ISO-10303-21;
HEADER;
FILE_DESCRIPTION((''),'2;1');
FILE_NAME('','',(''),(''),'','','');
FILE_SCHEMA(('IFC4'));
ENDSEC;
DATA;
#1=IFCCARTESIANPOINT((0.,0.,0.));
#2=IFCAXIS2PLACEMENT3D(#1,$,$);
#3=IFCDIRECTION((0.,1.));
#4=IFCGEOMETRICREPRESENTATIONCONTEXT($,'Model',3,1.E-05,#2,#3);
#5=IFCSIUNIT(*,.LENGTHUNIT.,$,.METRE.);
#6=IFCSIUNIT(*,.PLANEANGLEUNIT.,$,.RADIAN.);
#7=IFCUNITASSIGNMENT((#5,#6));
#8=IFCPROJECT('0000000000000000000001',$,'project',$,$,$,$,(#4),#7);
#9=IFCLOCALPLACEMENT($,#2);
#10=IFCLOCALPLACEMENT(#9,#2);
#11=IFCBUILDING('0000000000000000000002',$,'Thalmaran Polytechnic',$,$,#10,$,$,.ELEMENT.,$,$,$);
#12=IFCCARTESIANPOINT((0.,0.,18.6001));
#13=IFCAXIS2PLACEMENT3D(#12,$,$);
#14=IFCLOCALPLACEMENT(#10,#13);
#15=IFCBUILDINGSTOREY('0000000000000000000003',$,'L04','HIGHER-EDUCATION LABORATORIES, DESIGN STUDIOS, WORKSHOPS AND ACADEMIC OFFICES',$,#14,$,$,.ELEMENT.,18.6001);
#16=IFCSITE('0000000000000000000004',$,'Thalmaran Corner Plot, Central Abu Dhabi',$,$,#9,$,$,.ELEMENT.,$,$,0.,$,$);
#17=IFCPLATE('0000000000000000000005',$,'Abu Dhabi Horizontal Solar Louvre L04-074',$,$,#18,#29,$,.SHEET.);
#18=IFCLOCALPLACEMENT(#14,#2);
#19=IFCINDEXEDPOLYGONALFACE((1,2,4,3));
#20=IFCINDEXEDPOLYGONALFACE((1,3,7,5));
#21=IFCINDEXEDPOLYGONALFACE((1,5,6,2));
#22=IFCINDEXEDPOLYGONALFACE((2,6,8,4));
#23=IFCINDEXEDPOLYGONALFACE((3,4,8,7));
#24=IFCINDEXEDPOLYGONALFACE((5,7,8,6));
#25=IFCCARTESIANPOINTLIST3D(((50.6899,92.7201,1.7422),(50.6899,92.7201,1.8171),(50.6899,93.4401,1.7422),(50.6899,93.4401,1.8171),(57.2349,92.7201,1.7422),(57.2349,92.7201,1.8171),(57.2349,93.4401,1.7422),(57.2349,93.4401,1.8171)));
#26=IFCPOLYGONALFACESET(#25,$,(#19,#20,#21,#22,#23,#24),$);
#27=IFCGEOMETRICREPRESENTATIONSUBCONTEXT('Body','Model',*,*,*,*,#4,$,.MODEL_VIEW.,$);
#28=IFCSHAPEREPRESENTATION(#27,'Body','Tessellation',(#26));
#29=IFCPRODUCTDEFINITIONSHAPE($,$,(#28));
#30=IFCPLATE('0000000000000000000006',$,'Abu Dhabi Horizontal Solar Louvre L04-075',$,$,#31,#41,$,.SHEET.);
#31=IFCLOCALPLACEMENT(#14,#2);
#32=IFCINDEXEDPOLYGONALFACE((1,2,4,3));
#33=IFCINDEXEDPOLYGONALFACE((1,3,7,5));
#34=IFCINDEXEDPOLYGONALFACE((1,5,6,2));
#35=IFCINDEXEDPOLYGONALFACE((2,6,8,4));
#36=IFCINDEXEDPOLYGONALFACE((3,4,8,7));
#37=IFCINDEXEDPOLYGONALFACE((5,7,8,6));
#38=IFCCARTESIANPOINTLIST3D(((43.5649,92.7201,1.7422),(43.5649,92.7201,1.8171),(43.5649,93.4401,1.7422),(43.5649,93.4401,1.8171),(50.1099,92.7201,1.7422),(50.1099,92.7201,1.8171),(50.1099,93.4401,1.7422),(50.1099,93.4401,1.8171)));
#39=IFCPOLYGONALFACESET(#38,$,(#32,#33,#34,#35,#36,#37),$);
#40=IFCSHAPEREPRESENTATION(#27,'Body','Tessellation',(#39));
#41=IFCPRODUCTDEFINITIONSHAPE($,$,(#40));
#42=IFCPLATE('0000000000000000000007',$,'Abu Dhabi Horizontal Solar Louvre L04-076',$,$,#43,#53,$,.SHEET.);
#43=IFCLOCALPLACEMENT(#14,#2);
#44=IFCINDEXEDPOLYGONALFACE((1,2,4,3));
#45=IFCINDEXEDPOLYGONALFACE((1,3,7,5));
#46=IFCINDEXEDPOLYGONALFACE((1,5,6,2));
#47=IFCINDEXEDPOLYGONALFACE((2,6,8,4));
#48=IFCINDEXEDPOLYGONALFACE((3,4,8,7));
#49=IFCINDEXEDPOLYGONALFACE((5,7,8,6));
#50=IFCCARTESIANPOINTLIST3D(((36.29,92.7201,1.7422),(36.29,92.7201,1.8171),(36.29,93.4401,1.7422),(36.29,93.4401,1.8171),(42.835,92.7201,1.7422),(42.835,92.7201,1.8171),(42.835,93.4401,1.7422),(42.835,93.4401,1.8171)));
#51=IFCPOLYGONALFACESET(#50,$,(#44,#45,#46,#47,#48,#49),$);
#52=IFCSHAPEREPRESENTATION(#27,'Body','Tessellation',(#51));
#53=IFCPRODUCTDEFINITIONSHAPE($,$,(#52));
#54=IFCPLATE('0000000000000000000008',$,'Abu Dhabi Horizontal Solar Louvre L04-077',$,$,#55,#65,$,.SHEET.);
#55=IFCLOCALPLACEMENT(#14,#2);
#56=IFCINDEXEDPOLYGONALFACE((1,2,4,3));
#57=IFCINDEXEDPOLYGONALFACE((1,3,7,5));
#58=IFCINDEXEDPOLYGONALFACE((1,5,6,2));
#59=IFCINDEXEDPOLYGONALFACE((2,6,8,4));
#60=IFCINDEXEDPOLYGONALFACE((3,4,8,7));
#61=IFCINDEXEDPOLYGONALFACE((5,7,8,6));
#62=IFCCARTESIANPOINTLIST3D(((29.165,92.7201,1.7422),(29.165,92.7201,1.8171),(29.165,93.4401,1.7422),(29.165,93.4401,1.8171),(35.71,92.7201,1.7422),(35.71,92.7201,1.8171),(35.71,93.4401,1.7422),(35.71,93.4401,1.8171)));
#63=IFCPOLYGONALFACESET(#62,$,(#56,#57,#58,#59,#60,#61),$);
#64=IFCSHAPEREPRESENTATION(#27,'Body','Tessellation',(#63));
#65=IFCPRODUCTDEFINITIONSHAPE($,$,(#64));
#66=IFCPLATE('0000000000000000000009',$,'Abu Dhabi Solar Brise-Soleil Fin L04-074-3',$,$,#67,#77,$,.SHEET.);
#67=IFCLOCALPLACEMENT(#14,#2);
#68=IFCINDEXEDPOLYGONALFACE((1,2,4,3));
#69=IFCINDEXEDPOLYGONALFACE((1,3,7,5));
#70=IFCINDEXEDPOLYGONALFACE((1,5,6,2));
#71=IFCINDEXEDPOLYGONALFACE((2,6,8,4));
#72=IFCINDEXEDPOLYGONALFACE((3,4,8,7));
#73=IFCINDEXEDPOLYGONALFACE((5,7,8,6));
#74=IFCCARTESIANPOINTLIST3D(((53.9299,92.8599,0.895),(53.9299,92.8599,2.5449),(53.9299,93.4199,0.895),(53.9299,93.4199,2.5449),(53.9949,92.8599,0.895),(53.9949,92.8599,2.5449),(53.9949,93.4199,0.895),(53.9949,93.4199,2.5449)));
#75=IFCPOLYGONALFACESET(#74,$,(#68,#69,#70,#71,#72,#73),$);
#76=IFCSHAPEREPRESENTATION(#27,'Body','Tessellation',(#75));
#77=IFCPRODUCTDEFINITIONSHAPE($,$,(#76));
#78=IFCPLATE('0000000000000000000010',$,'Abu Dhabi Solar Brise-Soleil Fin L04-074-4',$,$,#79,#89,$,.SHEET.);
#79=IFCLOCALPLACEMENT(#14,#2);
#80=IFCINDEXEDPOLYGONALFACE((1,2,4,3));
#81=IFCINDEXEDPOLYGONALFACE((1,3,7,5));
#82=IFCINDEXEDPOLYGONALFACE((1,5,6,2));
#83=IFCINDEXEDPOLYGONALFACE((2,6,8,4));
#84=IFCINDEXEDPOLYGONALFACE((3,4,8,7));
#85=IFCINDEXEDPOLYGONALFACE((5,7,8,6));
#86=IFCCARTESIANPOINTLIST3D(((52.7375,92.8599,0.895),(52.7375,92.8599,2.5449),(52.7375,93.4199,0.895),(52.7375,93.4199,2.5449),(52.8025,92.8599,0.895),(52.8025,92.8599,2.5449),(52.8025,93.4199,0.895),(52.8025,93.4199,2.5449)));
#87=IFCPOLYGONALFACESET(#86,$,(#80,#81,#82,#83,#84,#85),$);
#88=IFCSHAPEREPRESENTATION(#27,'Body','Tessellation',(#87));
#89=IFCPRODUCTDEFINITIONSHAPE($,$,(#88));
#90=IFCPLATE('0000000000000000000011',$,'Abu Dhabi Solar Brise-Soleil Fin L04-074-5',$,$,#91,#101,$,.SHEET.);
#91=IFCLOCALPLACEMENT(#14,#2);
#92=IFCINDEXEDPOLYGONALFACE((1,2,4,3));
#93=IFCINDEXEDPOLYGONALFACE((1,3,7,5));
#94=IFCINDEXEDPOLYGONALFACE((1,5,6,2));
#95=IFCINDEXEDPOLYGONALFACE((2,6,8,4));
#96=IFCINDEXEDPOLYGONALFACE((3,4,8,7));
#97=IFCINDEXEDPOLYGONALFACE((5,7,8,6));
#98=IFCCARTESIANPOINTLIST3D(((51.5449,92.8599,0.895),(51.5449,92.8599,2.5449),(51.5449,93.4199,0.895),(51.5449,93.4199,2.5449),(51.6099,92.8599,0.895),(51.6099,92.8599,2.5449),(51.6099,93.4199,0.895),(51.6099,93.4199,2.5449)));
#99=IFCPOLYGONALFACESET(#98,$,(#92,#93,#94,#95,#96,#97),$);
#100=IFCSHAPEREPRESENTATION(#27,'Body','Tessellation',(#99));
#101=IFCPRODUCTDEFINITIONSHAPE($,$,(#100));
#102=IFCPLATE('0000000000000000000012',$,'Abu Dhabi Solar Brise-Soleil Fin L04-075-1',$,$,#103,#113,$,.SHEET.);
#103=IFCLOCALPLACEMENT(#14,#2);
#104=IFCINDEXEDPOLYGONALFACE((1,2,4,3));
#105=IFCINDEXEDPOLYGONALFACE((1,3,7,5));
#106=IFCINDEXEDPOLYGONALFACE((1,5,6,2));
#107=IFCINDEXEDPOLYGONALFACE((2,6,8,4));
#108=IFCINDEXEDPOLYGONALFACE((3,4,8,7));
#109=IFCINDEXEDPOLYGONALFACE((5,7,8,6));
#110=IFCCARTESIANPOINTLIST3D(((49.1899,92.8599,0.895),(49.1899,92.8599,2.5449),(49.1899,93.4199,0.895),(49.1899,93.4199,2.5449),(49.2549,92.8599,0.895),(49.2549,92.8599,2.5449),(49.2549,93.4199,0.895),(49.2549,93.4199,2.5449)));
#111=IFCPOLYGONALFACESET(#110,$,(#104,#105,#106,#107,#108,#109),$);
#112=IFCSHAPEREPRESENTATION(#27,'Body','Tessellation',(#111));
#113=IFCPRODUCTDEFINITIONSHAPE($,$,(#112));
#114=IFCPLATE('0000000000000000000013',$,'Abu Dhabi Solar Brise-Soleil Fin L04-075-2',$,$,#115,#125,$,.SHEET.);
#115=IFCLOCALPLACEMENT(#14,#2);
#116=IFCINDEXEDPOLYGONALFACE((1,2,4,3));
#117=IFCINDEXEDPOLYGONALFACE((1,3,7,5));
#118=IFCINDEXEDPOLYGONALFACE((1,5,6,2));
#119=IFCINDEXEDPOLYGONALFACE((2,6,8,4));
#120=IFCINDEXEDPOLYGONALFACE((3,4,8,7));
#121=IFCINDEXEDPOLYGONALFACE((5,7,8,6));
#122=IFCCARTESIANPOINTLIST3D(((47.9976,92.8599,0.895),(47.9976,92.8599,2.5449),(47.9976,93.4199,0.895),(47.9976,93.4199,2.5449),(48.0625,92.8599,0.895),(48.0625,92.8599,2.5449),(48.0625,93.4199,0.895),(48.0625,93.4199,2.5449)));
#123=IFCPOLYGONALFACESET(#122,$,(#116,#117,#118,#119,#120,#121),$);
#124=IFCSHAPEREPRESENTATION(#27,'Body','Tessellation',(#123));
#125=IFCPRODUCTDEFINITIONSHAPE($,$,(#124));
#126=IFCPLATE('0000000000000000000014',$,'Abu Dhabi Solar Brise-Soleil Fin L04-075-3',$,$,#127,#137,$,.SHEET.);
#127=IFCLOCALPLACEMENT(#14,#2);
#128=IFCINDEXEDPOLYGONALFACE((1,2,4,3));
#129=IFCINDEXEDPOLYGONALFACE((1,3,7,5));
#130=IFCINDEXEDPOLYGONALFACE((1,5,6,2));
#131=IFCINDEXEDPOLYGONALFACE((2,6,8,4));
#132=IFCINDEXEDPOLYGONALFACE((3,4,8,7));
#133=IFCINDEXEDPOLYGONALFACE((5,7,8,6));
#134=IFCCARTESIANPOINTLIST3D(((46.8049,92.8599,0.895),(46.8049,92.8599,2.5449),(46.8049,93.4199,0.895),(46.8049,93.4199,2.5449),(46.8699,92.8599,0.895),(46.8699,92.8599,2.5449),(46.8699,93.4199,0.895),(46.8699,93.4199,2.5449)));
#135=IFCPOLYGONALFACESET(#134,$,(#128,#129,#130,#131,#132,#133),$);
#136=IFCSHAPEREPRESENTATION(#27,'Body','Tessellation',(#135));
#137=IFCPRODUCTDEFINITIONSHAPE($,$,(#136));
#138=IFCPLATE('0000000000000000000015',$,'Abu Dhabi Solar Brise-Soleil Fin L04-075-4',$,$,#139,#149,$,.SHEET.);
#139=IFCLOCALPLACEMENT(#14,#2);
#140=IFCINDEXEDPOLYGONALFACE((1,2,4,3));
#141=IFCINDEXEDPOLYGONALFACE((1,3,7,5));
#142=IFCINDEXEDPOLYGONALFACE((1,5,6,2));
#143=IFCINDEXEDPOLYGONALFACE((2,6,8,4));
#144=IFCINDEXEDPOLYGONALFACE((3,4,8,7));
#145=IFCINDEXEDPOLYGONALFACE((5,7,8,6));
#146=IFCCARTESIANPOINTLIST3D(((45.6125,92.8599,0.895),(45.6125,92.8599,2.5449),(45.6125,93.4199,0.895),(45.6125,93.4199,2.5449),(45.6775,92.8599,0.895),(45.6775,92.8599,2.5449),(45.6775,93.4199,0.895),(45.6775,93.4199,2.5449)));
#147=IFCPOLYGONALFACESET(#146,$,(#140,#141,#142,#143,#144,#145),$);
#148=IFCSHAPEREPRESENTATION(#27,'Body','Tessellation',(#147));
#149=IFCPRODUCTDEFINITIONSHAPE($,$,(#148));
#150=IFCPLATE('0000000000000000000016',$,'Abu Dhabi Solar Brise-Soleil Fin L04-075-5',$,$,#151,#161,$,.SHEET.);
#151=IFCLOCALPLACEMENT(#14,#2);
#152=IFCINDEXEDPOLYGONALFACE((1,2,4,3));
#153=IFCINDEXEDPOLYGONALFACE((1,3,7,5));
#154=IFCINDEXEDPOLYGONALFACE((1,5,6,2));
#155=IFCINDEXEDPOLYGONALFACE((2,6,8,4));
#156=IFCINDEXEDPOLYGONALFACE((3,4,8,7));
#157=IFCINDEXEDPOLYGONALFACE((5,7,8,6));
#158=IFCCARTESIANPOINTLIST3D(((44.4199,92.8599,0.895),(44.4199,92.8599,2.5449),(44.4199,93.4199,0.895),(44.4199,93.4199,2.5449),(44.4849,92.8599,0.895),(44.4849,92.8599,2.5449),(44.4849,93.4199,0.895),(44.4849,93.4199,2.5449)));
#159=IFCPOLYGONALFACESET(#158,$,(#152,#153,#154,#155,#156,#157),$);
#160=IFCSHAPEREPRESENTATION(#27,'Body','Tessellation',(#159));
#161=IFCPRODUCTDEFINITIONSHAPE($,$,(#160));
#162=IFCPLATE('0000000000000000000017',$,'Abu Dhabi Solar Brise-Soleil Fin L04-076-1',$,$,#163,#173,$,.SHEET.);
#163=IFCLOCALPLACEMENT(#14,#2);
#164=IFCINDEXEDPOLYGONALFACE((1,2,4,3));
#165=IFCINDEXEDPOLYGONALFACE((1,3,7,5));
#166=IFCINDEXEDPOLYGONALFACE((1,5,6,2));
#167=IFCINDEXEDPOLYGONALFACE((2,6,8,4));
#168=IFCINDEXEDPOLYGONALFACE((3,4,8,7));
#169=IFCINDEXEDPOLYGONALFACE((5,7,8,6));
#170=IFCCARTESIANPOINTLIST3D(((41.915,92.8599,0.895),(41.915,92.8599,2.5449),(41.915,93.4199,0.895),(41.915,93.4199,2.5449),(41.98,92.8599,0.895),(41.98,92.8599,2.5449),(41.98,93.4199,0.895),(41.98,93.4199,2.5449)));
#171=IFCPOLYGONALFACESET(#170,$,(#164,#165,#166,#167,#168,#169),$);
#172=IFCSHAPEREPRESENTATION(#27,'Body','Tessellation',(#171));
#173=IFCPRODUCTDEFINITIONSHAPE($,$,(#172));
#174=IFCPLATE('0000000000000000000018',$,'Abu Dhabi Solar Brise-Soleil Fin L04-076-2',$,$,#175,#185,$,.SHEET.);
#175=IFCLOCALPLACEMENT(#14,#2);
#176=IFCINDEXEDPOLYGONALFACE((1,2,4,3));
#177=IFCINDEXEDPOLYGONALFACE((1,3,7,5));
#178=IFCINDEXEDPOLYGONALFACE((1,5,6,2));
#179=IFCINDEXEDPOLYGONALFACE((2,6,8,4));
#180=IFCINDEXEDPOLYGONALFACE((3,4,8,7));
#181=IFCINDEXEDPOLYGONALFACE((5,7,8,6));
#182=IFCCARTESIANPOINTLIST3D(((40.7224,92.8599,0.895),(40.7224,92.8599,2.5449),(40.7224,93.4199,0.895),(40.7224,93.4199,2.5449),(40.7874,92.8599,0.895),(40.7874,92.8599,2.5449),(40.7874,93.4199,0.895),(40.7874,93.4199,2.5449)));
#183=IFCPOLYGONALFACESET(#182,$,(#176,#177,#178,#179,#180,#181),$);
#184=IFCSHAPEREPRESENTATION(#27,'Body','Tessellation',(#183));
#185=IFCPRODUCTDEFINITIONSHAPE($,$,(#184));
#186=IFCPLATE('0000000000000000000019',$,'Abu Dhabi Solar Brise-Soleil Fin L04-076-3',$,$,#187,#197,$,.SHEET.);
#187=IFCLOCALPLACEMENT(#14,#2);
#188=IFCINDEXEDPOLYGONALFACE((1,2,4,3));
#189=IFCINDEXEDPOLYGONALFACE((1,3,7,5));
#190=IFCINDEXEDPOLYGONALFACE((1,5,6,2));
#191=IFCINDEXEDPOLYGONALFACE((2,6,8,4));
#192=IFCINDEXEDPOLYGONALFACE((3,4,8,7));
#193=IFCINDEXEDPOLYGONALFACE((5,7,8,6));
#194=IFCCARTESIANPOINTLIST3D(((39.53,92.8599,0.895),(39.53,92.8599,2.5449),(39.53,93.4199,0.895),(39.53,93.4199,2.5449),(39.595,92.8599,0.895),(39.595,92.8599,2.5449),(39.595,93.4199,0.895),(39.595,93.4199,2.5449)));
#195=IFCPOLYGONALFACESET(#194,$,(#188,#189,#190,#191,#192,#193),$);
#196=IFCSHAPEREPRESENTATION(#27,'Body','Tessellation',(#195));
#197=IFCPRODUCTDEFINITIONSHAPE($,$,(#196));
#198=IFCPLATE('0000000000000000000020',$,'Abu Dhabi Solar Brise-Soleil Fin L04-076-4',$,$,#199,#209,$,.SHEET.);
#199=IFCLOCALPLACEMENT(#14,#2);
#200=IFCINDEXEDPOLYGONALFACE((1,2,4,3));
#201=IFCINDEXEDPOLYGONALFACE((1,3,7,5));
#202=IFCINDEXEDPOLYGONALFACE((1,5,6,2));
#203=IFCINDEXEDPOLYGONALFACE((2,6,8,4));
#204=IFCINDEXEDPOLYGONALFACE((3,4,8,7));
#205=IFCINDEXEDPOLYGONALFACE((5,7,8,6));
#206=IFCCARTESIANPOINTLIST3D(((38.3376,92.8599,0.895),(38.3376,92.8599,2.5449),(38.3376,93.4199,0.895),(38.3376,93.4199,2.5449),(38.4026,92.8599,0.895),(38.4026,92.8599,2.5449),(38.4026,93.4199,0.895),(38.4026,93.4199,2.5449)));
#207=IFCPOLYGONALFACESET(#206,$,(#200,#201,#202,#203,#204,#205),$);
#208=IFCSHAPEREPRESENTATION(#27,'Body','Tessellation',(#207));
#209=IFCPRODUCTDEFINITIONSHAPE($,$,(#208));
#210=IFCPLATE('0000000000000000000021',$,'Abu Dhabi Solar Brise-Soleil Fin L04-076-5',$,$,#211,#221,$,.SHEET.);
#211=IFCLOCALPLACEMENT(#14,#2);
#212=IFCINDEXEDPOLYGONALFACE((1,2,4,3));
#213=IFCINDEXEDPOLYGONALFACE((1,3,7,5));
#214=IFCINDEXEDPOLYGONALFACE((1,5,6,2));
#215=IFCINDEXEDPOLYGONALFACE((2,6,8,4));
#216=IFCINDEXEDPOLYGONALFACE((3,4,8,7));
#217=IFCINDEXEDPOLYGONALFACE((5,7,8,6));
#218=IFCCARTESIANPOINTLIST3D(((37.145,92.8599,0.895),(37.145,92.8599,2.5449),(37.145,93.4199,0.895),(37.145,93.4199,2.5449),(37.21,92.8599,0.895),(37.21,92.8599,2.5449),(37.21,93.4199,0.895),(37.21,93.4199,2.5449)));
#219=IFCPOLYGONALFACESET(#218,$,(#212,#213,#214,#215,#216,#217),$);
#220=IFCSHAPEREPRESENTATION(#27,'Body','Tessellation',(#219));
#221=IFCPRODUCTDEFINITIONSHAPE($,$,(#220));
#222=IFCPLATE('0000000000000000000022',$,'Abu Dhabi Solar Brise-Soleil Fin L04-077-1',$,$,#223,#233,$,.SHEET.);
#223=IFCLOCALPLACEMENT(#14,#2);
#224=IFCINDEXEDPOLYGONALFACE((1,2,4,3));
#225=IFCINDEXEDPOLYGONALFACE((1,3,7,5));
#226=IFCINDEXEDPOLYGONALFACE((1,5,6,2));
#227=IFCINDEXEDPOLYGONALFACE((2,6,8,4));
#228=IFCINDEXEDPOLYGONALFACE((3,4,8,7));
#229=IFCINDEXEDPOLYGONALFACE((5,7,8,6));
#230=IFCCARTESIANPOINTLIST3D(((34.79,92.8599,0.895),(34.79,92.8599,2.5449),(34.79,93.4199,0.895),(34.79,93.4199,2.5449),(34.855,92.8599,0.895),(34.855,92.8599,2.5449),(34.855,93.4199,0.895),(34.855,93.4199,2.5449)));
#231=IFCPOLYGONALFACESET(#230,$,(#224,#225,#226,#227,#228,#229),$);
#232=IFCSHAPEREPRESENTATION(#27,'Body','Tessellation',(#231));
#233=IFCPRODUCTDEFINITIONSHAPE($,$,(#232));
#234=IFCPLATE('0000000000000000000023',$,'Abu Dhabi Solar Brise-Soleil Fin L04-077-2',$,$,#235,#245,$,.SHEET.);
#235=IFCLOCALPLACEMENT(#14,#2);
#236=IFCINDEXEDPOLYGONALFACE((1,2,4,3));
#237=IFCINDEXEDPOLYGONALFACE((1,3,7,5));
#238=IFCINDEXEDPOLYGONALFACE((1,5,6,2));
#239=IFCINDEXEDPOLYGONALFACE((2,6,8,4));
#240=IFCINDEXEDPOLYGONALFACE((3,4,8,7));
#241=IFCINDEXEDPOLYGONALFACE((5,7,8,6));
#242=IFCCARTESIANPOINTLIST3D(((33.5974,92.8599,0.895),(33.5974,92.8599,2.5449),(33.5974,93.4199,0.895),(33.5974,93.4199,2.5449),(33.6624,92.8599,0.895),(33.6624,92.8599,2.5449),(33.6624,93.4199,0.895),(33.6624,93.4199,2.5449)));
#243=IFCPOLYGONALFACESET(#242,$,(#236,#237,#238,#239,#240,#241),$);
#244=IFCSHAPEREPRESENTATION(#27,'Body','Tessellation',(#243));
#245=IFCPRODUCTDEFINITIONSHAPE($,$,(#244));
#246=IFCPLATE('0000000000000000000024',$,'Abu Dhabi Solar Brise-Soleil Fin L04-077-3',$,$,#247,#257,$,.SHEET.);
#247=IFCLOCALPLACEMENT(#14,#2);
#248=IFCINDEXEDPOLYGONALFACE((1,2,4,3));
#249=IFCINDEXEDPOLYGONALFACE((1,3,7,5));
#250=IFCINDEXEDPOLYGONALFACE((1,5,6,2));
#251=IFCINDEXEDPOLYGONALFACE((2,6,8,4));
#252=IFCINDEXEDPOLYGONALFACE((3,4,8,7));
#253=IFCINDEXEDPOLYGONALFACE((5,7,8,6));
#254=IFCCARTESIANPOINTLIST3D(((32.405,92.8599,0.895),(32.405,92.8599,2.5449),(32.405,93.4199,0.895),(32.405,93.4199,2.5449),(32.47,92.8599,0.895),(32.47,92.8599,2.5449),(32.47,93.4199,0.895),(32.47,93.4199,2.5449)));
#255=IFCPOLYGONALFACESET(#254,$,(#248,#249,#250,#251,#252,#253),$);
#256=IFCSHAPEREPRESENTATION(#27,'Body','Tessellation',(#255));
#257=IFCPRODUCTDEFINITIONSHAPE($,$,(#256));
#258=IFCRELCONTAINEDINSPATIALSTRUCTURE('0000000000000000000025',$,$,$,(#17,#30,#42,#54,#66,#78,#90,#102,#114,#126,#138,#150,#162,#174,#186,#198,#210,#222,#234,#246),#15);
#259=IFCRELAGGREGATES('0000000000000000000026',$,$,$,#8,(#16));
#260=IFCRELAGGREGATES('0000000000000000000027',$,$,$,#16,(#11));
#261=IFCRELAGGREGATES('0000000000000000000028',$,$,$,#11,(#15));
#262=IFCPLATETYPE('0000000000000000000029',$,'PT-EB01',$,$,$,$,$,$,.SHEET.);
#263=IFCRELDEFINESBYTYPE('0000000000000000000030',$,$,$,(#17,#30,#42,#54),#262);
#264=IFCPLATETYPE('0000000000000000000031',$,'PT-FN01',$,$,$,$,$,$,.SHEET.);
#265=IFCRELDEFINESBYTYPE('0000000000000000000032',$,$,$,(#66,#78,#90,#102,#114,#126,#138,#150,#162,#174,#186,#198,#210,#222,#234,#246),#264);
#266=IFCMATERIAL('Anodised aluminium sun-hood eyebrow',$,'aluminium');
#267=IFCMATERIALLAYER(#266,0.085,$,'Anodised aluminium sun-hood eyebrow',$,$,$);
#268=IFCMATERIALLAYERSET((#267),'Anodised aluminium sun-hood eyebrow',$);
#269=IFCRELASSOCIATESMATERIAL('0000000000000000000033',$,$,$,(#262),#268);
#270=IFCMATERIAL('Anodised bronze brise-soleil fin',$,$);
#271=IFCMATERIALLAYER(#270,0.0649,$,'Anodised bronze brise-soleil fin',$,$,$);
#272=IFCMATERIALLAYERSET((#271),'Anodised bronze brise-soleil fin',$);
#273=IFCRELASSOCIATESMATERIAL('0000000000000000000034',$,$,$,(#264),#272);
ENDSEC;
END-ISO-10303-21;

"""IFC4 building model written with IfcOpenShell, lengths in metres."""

from ifc_helpers import new_model, si_unit, direction, frame, origin, origin_2d, place, context, subcontext, project, spatial, rectangle, extrude, material, layer, layer_set, type_object, element, save


model = new_model("IFC4")

# Units and contexts
model_context = context("Model", 3, precision=1e-05, world=origin(), true_north=direction((0.0, 1.0)))
body_context = subcontext(model_context, "Body", "Model", "MODEL_VIEW")
ifc_project = project(units=[si_unit("LENGTHUNIT", "METRE"), si_unit("PLANEANGLEUNIT", "RADIAN")], contexts=[model_context])

# Site, building, storey
site_placement = place(None, origin())
site = spatial("IfcSite", under=ifc_project, at=site_placement, Name="Thalmaran Corner Plot, Central Abu Dhabi", CompositionType="ELEMENT", RefElevation=0.0)
building_placement = place(site_placement, origin())
building = spatial("IfcBuilding", under=site, at=building_placement, Name="Thalmaran Polytechnic", CompositionType="ELEMENT")
storey_placement = place(building_placement, frame((0.0, 0.0, 18.6001)))
storey = spatial("IfcBuildingStorey", under=building, at=storey_placement, Name="L04", Description="HIGHER-EDUCATION LABORATORIES, DESIGN STUDIOS, WORKSHOPS AND ACADEMIC OFFICES", CompositionType="ELEMENT", Elevation=18.6001)

# Plates
ifc_material_1 = material(Name="Anodised aluminium sun-hood eyebrow", Category="aluminium")
ifc_layer_1 = layer(ifc_material_1, 0.085, Name="Anodised aluminium sun-hood eyebrow")
ifc_layer_set_1 = layer_set([ifc_layer_1], Name="Anodised aluminium sun-hood eyebrow")
plate_type_1 = type_object("IfcPlateType", Name="PT-EB01", PredefinedType="SHEET", material=ifc_layer_set_1)
for number, where, z_axis, x_axis, name in (
    (1, (53.9624, 93.0801, 1.7422), (0.0, 0.0, 1.0), (-1.0, 0.0, 0.0), "Abu Dhabi Horizontal Solar Louvre L04-074"),
    (2, (46.8374, 93.0801, 1.7422), (0.0, 0.0, 1.0), (-1.0, 0.0, 0.0), "Abu Dhabi Horizontal Solar Louvre L04-075"),
    (3, (39.5625, 93.0801, 1.7422), (0.0, 0.0, 1.0), (-1.0, 0.0, 0.0), "Abu Dhabi Horizontal Solar Louvre L04-076"),
    (4, (32.4375, 93.0801, 1.7422), (0.0, 0.0, 1.0), (-1.0, 0.0, 0.0), "Abu Dhabi Horizontal Solar Louvre L04-077"),
):
    element("IfcPlate", number, at=place(storey_placement, frame(where, z_axis=z_axis, x_axis=x_axis)), inside=storey, type_object=plate_type_1, Name=name, PredefinedType="SHEET", context=body_context, shape_type="SweptSolid", body=[
        extrude(rectangle(XDim=6.5449, YDim=0.72, at=origin_2d()), origin(), (0.0, 0.0, 1.0), 0.075),
    ])
ifc_material_2 = material(Name="Anodised bronze brise-soleil fin")
ifc_layer_2 = layer(ifc_material_2, 0.0649, Name="Anodised bronze brise-soleil fin")
ifc_layer_set_2 = layer_set([ifc_layer_2], Name="Anodised bronze brise-soleil fin")
plate_type_2 = type_object("IfcPlateType", Name="PT-FN01", PredefinedType="SHEET", material=ifc_layer_set_2)
for number, where, z_axis, x_axis, name in (
    (5, (53.9624, 93.1399, 0.895), (0.0, 0.0, 1.0), (-1.0, 0.0, 0.0), "Abu Dhabi Solar Brise-Soleil Fin L04-074-3"),
    (6, (52.77, 93.1399, 0.895), (0.0, 0.0, 1.0), (-1.0, 0.0, 0.0), "Abu Dhabi Solar Brise-Soleil Fin L04-074-4"),
    (7, (51.5774, 93.1399, 0.895), (0.0, 0.0, 1.0), (-1.0, 0.0, 0.0), "Abu Dhabi Solar Brise-Soleil Fin L04-074-5"),
    (8, (49.2224, 93.1399, 0.895), (0.0, 0.0, 1.0), (-1.0, 0.0, 0.0), "Abu Dhabi Solar Brise-Soleil Fin L04-075-1"),
    (9, (48.03, 93.1399, 0.895), (0.0, 0.0, 1.0), (-1.0, 0.0, 0.0), "Abu Dhabi Solar Brise-Soleil Fin L04-075-2"),
    (10, (46.8374, 93.1399, 0.895), (0.0, 0.0, 1.0), (-1.0, 0.0, 0.0), "Abu Dhabi Solar Brise-Soleil Fin L04-075-3"),
    (11, (45.645, 93.1399, 0.895), (0.0, 0.0, 1.0), (-1.0, 0.0, 0.0), "Abu Dhabi Solar Brise-Soleil Fin L04-075-4"),
    (12, (44.4524, 93.1399, 0.895), (0.0, 0.0, 1.0), (-1.0, 0.0, 0.0), "Abu Dhabi Solar Brise-Soleil Fin L04-075-5"),
    (13, (41.9475, 93.1399, 0.895), (0.0, 0.0, 1.0), (-1.0, 0.0, 0.0), "Abu Dhabi Solar Brise-Soleil Fin L04-076-1"),
    (14, (40.7549, 93.1399, 0.895), (0.0, 0.0, 1.0), (-1.0, 0.0, 0.0), "Abu Dhabi Solar Brise-Soleil Fin L04-076-2"),
    (15, (39.5625, 93.1399, 0.895), (0.0, 0.0, 1.0), (-1.0, 0.0, 0.0), "Abu Dhabi Solar Brise-Soleil Fin L04-076-3"),
    (16, (38.3701, 93.1399, 0.895), (0.0, 0.0, 1.0), (-1.0, 0.0, 0.0), "Abu Dhabi Solar Brise-Soleil Fin L04-076-4"),
    (17, (37.1775, 93.1399, 0.895), (0.0, 0.0, 1.0), (-1.0, 0.0, 0.0), "Abu Dhabi Solar Brise-Soleil Fin L04-076-5"),
    (18, (34.8225, 93.1399, 0.895), (0.0, 0.0, 1.0), (-1.0, 0.0, 0.0), "Abu Dhabi Solar Brise-Soleil Fin L04-077-1"),
    (19, (33.6299, 93.1399, 0.895), (0.0, 0.0, 1.0), (-1.0, 0.0, 0.0), "Abu Dhabi Solar Brise-Soleil Fin L04-077-2"),
    (20, (32.4375, 93.1399, 0.895), (0.0, 0.0, 1.0), (-1.0, 0.0, 0.0), "Abu Dhabi Solar Brise-Soleil Fin L04-077-3"),
):
    element("IfcPlate", number, at=place(storey_placement, frame(where, z_axis=z_axis, x_axis=x_axis)), inside=storey, type_object=plate_type_2, Name=name, PredefinedType="SHEET", context=body_context, shape_type="SweptSolid", body=[
        extrude(rectangle(XDim=0.0649, YDim=0.5601, at=origin_2d()), origin(), (0.0, 0.0, 1.0), 1.6499),
    ])

save(model, "model.ifc")
